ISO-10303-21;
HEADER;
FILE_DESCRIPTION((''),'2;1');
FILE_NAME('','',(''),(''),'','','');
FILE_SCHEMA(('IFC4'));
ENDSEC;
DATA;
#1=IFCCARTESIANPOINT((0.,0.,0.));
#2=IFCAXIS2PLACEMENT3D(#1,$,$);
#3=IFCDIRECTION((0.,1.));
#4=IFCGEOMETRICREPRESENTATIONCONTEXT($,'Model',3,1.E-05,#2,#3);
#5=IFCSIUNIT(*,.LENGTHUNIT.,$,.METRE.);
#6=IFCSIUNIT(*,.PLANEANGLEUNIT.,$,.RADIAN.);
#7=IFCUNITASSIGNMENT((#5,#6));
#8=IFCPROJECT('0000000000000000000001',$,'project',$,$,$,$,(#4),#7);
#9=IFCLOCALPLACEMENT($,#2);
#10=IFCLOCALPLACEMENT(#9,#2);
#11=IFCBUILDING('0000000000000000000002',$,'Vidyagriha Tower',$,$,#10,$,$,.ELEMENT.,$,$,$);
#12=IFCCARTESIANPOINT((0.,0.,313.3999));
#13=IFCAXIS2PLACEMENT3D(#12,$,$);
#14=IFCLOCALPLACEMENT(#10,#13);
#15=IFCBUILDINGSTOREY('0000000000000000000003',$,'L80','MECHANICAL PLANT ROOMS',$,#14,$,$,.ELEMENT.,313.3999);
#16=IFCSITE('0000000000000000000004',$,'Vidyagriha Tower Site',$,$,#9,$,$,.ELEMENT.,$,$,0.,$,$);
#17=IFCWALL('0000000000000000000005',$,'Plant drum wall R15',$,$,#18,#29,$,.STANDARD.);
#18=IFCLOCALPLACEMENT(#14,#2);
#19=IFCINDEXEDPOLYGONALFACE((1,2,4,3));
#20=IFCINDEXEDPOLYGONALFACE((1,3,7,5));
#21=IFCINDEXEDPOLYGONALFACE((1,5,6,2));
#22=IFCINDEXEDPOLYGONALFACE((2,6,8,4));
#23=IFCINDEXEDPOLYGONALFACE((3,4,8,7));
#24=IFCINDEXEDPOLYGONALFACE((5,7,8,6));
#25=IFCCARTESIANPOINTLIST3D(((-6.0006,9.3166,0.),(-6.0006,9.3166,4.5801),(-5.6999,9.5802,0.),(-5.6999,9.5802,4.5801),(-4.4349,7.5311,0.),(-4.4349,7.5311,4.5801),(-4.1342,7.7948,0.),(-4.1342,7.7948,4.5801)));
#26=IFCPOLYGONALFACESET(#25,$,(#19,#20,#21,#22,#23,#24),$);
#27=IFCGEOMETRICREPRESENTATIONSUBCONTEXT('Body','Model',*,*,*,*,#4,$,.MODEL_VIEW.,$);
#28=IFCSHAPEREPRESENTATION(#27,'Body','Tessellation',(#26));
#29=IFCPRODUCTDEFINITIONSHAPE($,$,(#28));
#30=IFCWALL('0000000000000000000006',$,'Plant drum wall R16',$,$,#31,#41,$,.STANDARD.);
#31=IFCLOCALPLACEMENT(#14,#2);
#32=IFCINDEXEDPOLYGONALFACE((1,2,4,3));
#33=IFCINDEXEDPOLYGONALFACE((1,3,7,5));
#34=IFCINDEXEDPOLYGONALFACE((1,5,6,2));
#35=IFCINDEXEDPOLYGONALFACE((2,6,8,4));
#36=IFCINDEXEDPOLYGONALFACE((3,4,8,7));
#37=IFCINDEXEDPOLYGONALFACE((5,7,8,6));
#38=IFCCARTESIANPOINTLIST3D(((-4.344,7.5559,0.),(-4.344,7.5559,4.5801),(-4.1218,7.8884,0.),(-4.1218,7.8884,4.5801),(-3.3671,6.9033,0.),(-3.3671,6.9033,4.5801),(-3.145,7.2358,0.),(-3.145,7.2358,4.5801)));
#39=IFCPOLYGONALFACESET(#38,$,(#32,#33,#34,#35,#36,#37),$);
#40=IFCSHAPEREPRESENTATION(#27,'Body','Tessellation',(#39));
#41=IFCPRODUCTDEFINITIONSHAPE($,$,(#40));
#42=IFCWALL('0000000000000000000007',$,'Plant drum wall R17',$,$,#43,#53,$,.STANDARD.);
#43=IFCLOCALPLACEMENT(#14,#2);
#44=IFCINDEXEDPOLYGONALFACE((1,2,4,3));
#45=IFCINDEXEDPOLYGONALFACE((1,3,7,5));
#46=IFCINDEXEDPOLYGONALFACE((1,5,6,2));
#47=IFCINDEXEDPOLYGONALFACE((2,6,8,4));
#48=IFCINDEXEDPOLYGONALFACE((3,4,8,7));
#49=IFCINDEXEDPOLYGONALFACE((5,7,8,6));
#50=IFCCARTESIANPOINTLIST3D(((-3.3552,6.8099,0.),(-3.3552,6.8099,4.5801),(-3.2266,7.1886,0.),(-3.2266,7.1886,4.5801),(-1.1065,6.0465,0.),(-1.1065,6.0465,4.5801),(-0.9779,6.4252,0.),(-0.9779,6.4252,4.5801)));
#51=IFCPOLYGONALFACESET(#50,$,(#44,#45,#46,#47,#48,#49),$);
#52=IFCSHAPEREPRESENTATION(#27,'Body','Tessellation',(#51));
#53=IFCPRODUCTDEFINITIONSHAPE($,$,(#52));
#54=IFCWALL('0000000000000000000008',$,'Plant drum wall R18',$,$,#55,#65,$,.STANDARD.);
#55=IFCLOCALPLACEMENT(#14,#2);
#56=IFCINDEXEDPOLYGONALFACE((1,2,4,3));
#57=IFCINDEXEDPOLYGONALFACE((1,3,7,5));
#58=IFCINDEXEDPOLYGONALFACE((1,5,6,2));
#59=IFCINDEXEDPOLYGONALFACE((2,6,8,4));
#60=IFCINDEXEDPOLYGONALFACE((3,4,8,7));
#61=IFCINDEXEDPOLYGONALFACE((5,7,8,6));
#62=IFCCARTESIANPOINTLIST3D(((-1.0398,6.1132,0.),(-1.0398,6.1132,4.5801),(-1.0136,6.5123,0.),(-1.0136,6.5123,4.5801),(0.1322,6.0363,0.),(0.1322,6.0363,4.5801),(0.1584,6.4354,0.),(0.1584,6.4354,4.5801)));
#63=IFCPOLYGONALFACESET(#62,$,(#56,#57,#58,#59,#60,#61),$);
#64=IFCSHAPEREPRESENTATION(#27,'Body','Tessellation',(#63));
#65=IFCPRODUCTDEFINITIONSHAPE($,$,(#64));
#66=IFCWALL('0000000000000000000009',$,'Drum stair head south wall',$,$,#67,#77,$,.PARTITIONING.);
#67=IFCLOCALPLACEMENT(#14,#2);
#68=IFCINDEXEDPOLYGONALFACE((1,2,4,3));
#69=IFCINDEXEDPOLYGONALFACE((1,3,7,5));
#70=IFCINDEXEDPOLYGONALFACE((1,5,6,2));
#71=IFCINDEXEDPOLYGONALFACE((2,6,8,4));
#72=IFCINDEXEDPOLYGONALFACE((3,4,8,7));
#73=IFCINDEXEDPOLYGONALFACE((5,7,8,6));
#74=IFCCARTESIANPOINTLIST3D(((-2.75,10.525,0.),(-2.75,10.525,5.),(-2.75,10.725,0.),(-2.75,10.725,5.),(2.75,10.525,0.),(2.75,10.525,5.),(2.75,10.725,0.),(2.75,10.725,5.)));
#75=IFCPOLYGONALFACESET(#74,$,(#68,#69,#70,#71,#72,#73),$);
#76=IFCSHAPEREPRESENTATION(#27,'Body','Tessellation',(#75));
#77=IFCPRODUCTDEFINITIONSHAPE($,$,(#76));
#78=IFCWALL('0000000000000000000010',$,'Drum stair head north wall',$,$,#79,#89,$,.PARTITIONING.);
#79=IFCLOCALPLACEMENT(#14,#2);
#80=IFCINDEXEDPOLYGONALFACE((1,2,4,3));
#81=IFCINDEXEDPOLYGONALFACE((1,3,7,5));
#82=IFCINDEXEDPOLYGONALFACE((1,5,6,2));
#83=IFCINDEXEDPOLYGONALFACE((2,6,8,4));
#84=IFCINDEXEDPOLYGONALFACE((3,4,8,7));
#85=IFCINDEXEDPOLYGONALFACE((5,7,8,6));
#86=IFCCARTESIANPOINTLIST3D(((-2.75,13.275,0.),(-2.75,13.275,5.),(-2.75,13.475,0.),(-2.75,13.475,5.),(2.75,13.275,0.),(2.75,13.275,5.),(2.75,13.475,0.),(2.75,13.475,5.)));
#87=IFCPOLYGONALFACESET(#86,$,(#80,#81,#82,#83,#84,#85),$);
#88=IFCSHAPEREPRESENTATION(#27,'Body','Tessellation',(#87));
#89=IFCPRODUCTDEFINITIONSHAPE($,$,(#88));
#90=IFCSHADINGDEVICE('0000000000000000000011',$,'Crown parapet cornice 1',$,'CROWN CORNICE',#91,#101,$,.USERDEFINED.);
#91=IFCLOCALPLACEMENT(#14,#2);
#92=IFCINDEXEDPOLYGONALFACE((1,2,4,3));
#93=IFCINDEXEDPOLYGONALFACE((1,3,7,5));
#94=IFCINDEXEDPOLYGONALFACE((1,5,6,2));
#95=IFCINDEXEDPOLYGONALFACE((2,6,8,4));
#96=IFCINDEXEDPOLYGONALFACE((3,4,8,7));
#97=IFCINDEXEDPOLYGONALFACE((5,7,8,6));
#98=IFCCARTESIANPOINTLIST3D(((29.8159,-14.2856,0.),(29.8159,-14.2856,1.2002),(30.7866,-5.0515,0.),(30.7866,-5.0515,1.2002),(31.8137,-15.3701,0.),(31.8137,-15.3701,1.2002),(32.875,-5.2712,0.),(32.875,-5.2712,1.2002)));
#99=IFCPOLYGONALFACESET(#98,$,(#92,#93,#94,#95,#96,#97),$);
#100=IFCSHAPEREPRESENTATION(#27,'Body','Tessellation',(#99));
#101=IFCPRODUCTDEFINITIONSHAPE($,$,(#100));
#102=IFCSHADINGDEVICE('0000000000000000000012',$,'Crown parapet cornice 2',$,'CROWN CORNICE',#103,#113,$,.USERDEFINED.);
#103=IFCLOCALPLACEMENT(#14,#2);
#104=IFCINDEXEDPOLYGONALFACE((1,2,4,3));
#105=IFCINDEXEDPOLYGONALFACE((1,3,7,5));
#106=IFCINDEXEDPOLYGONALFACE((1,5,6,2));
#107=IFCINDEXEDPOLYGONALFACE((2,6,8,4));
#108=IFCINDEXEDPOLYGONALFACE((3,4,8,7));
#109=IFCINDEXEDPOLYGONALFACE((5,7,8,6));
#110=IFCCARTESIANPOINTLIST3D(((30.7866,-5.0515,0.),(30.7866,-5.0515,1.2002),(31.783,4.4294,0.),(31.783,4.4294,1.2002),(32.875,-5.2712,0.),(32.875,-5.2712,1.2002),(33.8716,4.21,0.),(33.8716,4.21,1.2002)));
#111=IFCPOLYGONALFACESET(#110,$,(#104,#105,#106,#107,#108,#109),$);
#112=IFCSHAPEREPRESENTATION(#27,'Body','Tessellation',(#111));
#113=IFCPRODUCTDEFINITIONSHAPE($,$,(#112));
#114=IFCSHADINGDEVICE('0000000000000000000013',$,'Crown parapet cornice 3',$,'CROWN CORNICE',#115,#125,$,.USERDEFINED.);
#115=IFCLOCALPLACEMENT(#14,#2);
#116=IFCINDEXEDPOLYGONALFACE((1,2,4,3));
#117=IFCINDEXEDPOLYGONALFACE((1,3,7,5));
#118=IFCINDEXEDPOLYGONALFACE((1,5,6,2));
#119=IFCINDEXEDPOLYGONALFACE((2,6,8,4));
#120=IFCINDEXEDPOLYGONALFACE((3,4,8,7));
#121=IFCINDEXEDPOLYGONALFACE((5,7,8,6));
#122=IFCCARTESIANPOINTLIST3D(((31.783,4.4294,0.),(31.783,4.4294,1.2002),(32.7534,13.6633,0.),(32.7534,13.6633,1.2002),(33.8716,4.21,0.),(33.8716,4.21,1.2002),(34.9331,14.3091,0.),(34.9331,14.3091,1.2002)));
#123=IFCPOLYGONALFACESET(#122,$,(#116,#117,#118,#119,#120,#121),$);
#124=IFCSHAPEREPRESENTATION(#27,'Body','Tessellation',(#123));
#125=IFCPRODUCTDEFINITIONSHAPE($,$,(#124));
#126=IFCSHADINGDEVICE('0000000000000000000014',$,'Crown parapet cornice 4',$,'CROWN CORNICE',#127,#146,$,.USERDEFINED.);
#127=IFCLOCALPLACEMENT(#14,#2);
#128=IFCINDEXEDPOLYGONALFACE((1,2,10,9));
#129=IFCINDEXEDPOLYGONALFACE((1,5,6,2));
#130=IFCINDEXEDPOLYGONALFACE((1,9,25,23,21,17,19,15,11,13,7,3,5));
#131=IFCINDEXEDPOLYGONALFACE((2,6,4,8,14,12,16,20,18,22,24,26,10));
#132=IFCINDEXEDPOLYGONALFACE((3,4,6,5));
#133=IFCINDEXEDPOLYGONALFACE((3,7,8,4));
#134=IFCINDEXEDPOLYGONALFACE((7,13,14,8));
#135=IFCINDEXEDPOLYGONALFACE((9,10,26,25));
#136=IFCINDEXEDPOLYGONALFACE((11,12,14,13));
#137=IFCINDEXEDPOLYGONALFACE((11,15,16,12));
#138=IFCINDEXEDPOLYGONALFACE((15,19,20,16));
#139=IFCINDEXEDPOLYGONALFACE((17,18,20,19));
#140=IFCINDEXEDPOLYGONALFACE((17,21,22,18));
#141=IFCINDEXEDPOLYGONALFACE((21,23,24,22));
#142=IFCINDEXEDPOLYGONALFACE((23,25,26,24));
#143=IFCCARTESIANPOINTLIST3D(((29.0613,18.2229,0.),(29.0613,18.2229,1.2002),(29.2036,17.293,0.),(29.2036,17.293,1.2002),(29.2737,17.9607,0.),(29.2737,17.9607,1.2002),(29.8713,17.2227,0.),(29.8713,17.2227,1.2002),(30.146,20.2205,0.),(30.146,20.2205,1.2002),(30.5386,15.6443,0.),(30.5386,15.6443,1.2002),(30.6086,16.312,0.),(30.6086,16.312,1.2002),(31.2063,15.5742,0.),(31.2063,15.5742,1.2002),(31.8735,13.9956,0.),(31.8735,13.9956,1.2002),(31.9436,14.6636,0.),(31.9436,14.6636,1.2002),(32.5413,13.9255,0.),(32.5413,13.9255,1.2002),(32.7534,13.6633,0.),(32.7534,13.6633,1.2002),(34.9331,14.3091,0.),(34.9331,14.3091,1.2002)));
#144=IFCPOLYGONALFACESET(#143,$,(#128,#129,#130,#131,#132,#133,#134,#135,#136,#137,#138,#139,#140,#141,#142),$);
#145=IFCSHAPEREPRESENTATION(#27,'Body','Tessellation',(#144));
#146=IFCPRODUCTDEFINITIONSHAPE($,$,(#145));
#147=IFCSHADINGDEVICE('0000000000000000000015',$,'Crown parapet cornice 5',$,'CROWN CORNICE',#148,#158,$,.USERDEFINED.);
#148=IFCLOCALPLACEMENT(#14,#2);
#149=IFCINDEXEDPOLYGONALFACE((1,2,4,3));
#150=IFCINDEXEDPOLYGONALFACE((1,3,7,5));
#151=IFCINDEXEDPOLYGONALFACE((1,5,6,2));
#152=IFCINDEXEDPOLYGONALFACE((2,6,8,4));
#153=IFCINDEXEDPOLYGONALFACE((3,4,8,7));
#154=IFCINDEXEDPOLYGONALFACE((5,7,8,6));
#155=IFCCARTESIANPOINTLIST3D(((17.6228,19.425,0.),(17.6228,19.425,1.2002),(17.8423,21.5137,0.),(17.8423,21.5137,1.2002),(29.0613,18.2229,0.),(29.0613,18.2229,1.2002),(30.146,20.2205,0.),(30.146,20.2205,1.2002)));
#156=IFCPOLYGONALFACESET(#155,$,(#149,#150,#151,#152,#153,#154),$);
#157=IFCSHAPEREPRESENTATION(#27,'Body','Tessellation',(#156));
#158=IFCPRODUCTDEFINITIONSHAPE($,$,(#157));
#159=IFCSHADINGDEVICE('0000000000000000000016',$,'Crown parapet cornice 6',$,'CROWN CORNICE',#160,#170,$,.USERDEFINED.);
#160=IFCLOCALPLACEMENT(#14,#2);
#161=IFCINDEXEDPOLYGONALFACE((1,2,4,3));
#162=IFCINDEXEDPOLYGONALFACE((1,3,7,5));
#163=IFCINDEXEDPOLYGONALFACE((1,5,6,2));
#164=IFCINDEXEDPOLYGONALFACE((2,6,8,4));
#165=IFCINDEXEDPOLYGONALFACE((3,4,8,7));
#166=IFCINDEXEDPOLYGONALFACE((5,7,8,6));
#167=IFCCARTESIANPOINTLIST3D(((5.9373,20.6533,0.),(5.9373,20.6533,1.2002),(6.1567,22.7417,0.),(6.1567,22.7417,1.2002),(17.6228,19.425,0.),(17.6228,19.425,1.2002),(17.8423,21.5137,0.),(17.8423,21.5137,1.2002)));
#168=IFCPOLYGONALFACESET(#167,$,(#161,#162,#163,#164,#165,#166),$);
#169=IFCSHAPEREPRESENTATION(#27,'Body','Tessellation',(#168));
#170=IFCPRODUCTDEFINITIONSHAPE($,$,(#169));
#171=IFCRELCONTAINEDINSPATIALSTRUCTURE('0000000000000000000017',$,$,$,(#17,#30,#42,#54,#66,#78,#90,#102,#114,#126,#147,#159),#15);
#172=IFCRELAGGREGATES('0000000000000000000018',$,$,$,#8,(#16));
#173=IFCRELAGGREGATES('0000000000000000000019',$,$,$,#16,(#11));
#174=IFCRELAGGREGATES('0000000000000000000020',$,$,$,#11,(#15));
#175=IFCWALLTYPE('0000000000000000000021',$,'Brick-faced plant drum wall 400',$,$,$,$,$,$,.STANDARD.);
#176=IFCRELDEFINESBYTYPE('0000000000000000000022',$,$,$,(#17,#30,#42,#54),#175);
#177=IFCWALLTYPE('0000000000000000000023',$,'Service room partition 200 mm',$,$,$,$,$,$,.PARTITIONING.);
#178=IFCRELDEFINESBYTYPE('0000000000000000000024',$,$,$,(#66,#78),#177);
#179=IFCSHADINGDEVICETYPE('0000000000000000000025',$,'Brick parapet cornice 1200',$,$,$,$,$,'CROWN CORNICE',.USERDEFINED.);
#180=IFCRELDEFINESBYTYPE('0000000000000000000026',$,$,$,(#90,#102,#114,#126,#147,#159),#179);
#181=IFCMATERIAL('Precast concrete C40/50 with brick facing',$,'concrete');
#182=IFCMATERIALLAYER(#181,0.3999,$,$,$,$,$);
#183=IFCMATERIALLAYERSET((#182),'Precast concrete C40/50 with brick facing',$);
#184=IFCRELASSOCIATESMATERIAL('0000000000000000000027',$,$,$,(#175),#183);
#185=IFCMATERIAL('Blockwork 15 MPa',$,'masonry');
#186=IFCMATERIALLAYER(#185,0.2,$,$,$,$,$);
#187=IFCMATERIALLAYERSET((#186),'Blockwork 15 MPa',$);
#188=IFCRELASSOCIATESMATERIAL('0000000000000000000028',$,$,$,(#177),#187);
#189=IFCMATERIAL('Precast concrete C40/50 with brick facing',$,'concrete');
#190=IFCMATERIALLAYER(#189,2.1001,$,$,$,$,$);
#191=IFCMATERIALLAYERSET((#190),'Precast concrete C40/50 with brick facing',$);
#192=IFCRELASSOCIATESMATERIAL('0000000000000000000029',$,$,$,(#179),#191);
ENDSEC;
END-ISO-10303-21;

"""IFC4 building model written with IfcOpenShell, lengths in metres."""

from ifc_helpers import new_model, si_unit, direction, frame, frame_2d, origin, place, context, subcontext, project, spatial, polyline, rectangle, outline, extrude, material, layer, layer_set, type_object, element, save


model = new_model("IFC4")

# Units and contexts
model_context = context("Model", 3, precision=1e-05, world=origin(), true_north=direction((0.0, 1.0)))
body_context = subcontext(model_context, "Body", "Model", "MODEL_VIEW")
ifc_project = project(units=[si_unit("LENGTHUNIT", "METRE"), si_unit("PLANEANGLEUNIT", "RADIAN")], contexts=[model_context])

# Site, building, storey
site_placement = place(None, origin())
site = spatial("IfcSite", under=ifc_project, at=site_placement, Name="Vidyagriha Tower Site", CompositionType="ELEMENT", RefElevation=0.0)
building_placement = place(site_placement, origin())
building = spatial("IfcBuilding", under=site, at=building_placement, Name="Vidyagriha Tower", CompositionType="ELEMENT")
storey_placement = place(building_placement, frame((0.0, 0.0, 313.3999)))
storey = spatial("IfcBuildingStorey", under=building, at=storey_placement, Name="L80", Description="MECHANICAL PLANT ROOMS", CompositionType="ELEMENT", Elevation=313.3999)

# Walls
ifc_material_1 = material(Name="Precast concrete C40/50 with brick facing", Category="concrete")
ifc_layer_1 = layer(ifc_material_1, 0.3999)
ifc_layer_set_1 = layer_set([ifc_layer_1], Name="Precast concrete C40/50 with brick facing")
wall_type_1 = type_object("IfcWallType", Name="Brick-faced plant drum wall 400", PredefinedType="STANDARD", material=ifc_layer_set_1)
wall_1_placement = place(storey_placement, frame((-5.8503, 9.4485, 0.0), z_axis=(0.0, 0.0, 1.0), x_axis=(0.659327, -0.751857, 0.0)))
element("IfcWall", 1, at=wall_1_placement, inside=storey, type_object=wall_type_1, Name="Plant drum wall R15", PredefinedType="STANDARD", context=body_context, shape_type="SweptSolid", body=[
    extrude(rectangle(XDim=2.3748, YDim=0.3999, at=frame_2d((1.1875, 0.0))), origin(), (0.0, 0.0, 1.0), 4.5801),
])
wall_2_placement = place(storey_placement, frame((-4.2329, 7.7222, 0.0), z_axis=(0.0, 0.0, 1.0), x_axis=(0.831506, -0.555515, 0.0)))
element("IfcWall", 2, at=wall_2_placement, inside=storey, type_object=wall_type_1, Name="Plant drum wall R16", PredefinedType="STANDARD", context=body_context, shape_type="SweptSolid", body=[
    extrude(rectangle(XDim=1.1748, YDim=0.3999, at=frame_2d((0.5874, 0.0))), origin(), (0.0, 0.0, 1.0), 4.5801),
])
wall_3_placement = place(storey_placement, frame((-3.291, 6.9993, 0.0), z_axis=(0.0, 0.0, 1.0), x_axis=(0.946921, -0.321466, 0.0)))
element("IfcWall", 3, at=wall_3_placement, inside=storey, type_object=wall_type_1, Name="Plant drum wall R17", PredefinedType="STANDARD", context=body_context, shape_type="SweptSolid", body=[
    extrude(rectangle(XDim=2.3748, YDim=0.3999, at=frame_2d((1.1875, 0.0))), origin(), (0.0, 0.0, 1.0), 4.5801),
])
wall_4_placement = place(storey_placement, frame((-1.0269, 6.3127, 0.0), z_axis=(0.0, 0.0, 1.0), x_axis=(0.997855, -0.065471, 0.0)))
element("IfcWall", 4, at=wall_4_placement, inside=storey, type_object=wall_type_1, Name="Plant drum wall R18", PredefinedType="STANDARD", context=body_context, shape_type="SweptSolid", body=[
    extrude(rectangle(XDim=1.1746, YDim=0.3999, at=frame_2d((0.5874, 0.0))), origin(), (0.0, 0.0, 1.0), 4.5801),
])
ifc_material_2 = material(Name="Blockwork 15 MPa", Category="masonry")
ifc_layer_2 = layer(ifc_material_2, 0.2)
ifc_layer_set_2 = layer_set([ifc_layer_2], Name="Blockwork 15 MPa")
wall_type_2 = type_object("IfcWallType", Name="Service room partition 200 mm", PredefinedType="PARTITIONING", material=ifc_layer_set_2)
for number, where, name in (
    (5, (-2.75, 10.625, 0.0), "Drum stair head south wall"),
    (6, (-2.75, 13.375, 0.0), "Drum stair head north wall"),
):
    element("IfcWall", number, at=place(storey_placement, frame(where)), inside=storey, type_object=wall_type_2, Name=name, PredefinedType="PARTITIONING", context=body_context, shape_type="SweptSolid", body=[
        extrude(rectangle(XDim=5.5, YDim=0.2, at=frame_2d((2.75, 0.0))), origin(), (0.0, 0.0, 1.0), 5.0),
    ])

# Shading devices
ifc_material_3 = material(Name="Precast concrete C40/50 with brick facing", Category="concrete")
ifc_layer_3 = layer(ifc_material_3, 2.1001)
ifc_layer_set_3 = layer_set([ifc_layer_3], Name="Precast concrete C40/50 with brick facing")
shading_device_type = type_object("IfcShadingDeviceType", Name="Brick parapet cornice 1200", ElementType="CROWN CORNICE", PredefinedType="USERDEFINED", material=ifc_layer_set_3)
shading_device_1_placement = place(storey_placement, origin())
element("IfcShadingDevice", 7, at=shading_device_1_placement, inside=storey, type_object=shading_device_type, Name="Crown parapet cornice 1", ObjectType="CROWN CORNICE", PredefinedType="USERDEFINED", context=body_context, shape_type="SweptSolid", body=[
    extrude(outline(polyline([(31.8137, -15.3701), (32.875, -5.2712), (30.7866, -5.0515), (29.8159, -14.2856), (31.8137, -15.3701)])), origin(), (0.0, 0.0, 1.0), 1.2002),
])
shading_device_2_placement = place(storey_placement, origin())
element("IfcShadingDevice", 8, at=shading_device_2_placement, inside=storey, type_object=shading_device_type, Name="Crown parapet cornice 2", ObjectType="CROWN CORNICE", PredefinedType="USERDEFINED", context=body_context, shape_type="SweptSolid", body=[
    extrude(outline(polyline([(32.875, -5.2712), (33.8716, 4.21), (31.783, 4.4294), (30.7866, -5.0515), (32.875, -5.2712)])), origin(), (0.0, 0.0, 1.0), 1.2002),
])
shading_device_3_placement = place(storey_placement, origin())
element("IfcShadingDevice", 9, at=shading_device_3_placement, inside=storey, type_object=shading_device_type, Name="Crown parapet cornice 3", ObjectType="CROWN CORNICE", PredefinedType="USERDEFINED", context=body_context, shape_type="SweptSolid", body=[
    extrude(outline(polyline([(34.9331, 14.3091), (34.9331, 14.3091), (32.7534, 13.6633), (31.783, 4.4294), (33.8716, 4.21), (34.9331, 14.3091)])), origin(), (0.0, 0.0, 1.0), 1.2002),
])
shading_device_4_placement = place(storey_placement, origin())
element("IfcShadingDevice", 10, at=shading_device_4_placement, inside=storey, type_object=shading_device_type, Name="Crown parapet cornice 4", ObjectType="CROWN CORNICE", PredefinedType="USERDEFINED", context=body_context, shape_type="SweptSolid", body=[
    extrude(outline(polyline([(34.9331, 14.3091), (30.146, 20.2205), (29.0613, 18.2229), (29.2737, 17.9607), (29.2036, 17.293), (29.8713, 17.2227), (30.6086, 16.312), (30.5386, 15.6443), (31.2063, 15.5742), (31.9436, 14.6636), (31.8735, 13.9956), (32.5413, 13.9255), (32.7534, 13.6633), (32.7534, 13.6633), (34.9331, 14.3091)])), origin(), (0.0, 0.0, 1.0), 1.2002),
])
shading_device_5_placement = place(storey_placement, origin())
element("IfcShadingDevice", 11, at=shading_device_5_placement, inside=storey, type_object=shading_device_type, Name="Crown parapet cornice 5", ObjectType="CROWN CORNICE", PredefinedType="USERDEFINED", context=body_context, shape_type="SweptSolid", body=[
    extrude(outline(polyline([(30.146, 20.2205), (17.8423, 21.5137), (17.6228, 19.425), (29.0613, 18.2229), (30.146, 20.2205)])), origin(), (0.0, 0.0, 1.0), 1.2002),
])
shading_device_6_placement = place(storey_placement, origin())
element("IfcShadingDevice", 12, at=shading_device_6_placement, inside=storey, type_object=shading_device_type, Name="Crown parapet cornice 6", ObjectType="CROWN CORNICE", PredefinedType="USERDEFINED", context=body_context, shape_type="SweptSolid", body=[
    extrude(outline(polyline([(17.8423, 21.5137), (6.1567, 22.7417), (5.9373, 20.6533), (17.6228, 19.425), (17.8423, 21.5137)])), origin(), (0.0, 0.0, 1.0), 1.2002),
])

save(model, "model.ifc")
